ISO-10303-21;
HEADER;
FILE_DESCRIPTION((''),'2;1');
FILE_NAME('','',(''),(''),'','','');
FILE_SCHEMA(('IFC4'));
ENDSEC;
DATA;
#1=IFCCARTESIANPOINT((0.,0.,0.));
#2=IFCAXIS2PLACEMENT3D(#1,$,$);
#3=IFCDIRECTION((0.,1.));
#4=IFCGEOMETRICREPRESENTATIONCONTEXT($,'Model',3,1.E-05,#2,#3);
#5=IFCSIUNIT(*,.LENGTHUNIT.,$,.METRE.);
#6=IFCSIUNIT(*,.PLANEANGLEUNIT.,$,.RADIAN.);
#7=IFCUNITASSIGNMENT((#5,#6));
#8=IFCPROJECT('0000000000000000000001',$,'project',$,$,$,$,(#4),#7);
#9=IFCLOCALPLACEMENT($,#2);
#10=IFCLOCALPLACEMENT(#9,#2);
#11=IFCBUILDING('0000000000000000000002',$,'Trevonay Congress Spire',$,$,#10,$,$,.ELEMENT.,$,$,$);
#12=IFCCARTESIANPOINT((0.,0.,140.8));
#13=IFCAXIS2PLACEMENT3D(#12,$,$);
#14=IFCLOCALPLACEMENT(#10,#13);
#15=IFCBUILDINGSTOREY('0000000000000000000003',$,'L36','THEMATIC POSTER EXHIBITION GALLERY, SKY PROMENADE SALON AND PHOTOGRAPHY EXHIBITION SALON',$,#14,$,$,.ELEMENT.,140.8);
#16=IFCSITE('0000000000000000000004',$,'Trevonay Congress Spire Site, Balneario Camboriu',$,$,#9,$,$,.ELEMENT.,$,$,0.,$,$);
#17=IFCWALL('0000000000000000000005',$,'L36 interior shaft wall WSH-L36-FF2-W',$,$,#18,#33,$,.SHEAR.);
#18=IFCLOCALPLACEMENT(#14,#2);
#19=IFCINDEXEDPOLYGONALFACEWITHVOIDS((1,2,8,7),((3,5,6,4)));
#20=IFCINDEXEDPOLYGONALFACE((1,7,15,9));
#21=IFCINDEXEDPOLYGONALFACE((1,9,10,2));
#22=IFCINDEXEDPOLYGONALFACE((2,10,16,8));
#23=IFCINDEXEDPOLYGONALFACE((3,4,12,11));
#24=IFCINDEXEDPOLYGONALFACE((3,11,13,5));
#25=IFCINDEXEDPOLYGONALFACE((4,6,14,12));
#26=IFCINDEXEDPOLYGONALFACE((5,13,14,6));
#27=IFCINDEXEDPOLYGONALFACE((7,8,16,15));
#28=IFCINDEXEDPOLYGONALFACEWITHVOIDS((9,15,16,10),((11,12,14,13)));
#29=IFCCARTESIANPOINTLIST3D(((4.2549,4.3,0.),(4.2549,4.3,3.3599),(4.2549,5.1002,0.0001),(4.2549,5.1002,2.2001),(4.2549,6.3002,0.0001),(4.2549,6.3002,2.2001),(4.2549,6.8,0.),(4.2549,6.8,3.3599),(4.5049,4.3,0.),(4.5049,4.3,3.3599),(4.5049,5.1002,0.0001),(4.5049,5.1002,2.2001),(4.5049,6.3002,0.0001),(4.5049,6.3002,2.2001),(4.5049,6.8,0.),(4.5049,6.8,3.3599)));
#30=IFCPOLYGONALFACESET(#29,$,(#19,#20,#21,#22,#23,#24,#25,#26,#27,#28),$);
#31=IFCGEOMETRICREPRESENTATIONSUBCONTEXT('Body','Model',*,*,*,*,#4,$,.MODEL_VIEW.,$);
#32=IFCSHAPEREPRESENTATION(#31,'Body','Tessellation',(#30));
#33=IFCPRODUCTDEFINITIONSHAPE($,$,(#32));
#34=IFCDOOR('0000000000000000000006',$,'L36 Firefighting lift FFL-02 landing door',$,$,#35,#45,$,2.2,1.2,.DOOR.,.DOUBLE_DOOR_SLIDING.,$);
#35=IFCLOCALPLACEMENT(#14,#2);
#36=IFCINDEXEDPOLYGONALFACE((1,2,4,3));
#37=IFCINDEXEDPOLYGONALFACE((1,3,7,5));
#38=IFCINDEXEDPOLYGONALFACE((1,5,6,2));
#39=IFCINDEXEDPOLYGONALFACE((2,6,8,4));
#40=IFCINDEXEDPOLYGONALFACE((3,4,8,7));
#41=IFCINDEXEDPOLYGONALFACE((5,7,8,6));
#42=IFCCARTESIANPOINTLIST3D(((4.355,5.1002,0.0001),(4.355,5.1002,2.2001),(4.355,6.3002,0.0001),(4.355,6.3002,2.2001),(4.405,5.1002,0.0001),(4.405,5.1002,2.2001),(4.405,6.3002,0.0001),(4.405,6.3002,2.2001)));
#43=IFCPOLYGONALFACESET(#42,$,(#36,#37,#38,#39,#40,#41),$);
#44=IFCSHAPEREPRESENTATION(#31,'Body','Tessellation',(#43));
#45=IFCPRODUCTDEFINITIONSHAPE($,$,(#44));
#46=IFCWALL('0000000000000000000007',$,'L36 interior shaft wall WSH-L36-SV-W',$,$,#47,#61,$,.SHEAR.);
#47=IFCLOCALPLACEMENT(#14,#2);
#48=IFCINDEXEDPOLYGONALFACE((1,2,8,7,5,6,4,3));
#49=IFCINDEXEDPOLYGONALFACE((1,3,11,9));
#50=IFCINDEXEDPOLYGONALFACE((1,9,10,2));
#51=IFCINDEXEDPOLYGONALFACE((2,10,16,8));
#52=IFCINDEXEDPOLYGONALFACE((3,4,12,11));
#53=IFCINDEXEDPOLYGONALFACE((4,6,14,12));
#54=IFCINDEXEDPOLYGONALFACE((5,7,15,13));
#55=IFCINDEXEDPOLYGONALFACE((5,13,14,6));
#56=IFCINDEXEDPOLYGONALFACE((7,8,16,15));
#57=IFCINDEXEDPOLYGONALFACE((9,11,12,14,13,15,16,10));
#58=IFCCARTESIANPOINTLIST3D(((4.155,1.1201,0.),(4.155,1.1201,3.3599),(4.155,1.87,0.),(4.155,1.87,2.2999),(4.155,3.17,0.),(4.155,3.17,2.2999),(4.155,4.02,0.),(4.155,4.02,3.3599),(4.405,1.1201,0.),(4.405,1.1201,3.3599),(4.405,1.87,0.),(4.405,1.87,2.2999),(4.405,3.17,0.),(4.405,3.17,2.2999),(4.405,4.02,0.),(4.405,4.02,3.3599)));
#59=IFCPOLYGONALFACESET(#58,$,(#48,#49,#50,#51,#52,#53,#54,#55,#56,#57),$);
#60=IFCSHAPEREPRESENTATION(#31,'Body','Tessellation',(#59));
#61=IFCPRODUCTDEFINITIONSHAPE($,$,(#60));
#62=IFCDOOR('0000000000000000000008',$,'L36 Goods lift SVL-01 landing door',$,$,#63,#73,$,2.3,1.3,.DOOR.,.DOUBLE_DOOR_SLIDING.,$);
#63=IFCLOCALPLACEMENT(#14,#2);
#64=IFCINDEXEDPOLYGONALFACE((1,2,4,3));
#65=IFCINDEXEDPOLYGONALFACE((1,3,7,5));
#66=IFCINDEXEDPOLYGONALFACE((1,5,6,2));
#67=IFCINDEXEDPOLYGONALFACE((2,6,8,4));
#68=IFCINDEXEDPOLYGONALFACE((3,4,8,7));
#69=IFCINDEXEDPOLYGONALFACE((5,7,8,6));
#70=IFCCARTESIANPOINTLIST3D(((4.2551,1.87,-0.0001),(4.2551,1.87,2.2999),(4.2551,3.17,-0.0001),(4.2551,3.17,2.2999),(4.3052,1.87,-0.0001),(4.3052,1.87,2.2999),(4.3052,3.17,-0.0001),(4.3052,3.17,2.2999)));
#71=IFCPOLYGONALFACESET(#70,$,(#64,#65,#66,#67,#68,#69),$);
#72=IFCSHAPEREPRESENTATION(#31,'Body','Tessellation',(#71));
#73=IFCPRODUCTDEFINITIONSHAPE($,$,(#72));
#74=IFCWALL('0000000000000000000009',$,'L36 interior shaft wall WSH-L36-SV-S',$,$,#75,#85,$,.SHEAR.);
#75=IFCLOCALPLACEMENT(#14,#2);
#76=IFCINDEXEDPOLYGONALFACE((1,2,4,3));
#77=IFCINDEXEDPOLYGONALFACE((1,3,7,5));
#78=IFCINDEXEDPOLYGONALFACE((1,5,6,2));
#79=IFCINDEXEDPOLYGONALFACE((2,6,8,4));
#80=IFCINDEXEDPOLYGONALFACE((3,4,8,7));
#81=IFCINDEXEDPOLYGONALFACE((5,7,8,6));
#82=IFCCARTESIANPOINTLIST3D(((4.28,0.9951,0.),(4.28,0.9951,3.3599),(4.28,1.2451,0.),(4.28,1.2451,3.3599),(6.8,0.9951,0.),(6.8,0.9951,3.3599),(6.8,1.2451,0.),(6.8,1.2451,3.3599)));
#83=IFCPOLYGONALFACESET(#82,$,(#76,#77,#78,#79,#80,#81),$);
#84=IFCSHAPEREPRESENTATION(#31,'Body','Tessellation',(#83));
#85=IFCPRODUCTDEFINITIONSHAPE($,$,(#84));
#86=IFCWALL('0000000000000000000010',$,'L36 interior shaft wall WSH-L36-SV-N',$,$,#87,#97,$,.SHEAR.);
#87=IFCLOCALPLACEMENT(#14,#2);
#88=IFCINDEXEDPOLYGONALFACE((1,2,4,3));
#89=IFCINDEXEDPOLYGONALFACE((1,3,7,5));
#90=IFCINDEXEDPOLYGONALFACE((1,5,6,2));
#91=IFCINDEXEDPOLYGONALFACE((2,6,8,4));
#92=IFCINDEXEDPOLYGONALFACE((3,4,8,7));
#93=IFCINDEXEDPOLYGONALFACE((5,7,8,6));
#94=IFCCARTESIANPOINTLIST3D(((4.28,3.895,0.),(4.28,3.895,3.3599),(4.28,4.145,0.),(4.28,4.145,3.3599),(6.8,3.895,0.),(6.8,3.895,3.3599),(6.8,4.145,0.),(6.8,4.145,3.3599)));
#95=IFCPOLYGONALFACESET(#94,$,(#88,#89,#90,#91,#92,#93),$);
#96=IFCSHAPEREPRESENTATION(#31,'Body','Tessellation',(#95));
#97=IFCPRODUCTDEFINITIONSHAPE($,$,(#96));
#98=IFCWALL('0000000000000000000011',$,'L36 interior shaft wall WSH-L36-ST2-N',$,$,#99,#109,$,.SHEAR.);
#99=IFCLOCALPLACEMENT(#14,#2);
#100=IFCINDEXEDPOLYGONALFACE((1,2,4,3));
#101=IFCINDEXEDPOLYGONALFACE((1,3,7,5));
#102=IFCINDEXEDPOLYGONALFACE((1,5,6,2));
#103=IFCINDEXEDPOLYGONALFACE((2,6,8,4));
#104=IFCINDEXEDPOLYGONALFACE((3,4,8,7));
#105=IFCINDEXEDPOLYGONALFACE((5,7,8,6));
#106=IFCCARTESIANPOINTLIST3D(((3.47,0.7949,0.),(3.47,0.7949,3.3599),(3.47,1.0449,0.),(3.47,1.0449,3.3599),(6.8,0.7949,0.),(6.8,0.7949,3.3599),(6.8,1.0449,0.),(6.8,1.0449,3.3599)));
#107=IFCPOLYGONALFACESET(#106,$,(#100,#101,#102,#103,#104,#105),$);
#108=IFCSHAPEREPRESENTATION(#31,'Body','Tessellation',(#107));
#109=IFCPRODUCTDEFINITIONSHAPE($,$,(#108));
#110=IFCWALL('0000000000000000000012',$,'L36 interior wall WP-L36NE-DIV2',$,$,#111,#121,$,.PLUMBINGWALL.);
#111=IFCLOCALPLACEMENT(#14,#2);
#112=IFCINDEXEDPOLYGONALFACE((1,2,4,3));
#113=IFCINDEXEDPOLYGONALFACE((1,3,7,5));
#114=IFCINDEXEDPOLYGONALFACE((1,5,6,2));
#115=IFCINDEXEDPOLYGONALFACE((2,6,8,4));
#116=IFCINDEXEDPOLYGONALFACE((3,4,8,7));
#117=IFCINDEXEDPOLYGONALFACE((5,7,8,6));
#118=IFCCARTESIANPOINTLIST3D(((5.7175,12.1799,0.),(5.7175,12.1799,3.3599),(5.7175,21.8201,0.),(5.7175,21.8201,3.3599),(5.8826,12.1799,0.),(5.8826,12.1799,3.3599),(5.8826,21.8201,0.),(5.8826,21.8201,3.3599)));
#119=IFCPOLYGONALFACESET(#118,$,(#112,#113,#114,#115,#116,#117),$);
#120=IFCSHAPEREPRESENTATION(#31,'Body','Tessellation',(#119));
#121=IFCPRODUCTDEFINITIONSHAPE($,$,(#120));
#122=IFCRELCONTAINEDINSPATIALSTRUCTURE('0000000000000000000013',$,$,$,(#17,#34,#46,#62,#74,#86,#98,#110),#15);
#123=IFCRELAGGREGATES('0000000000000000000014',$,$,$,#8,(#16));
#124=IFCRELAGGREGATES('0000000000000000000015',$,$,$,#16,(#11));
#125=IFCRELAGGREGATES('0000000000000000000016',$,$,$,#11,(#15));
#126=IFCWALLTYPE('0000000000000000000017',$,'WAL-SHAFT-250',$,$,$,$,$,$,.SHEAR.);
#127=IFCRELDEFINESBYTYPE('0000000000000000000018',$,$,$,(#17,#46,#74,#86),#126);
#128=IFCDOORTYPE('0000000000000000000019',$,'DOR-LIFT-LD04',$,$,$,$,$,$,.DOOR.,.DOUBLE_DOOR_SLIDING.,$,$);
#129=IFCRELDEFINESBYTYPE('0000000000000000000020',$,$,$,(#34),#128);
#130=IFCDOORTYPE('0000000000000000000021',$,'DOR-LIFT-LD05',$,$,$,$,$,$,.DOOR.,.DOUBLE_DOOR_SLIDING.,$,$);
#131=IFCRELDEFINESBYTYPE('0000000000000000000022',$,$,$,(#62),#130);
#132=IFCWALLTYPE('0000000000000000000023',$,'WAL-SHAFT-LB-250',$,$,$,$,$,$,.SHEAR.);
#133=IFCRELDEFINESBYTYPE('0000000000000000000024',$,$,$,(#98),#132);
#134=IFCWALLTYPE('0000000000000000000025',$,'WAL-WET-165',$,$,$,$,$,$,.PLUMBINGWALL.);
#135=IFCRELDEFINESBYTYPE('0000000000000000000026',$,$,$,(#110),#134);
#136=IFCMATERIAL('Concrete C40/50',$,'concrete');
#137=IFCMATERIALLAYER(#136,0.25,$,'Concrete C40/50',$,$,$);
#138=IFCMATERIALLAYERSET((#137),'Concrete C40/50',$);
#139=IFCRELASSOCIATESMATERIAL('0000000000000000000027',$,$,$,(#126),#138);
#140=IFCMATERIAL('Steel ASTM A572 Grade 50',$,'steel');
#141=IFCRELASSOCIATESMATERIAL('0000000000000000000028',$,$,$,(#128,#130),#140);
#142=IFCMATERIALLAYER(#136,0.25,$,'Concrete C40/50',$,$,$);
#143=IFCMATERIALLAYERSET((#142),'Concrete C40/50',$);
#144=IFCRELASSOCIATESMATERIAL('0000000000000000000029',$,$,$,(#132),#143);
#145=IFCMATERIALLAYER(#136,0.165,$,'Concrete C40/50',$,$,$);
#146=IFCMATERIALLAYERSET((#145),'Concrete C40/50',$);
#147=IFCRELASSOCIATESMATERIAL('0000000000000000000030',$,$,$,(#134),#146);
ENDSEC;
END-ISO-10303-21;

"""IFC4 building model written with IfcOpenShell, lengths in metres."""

from ifc_helpers import new_model, si_unit, direction, frame, frame_2d, origin, place, context, subcontext, project, spatial, rectangle, extrude, material, layer, layer_set, type_object, element, fill, save


model = new_model("IFC4")

# Units and contexts
model_context = context("Model", 3, precision=1e-05, world=origin(), true_north=direction((0.0, 1.0)))
body_context = subcontext(model_context, "Body", "Model", "MODEL_VIEW")
ifc_project = project(units=[si_unit("LENGTHUNIT", "METRE"), si_unit("PLANEANGLEUNIT", "RADIAN")], contexts=[model_context])

# Site, building, storey
site_placement = place(None, origin())
site = spatial("IfcSite", under=ifc_project, at=site_placement, Name="Trevonay Congress Spire Site, Balneario Camboriu", CompositionType="ELEMENT", RefElevation=0.0)
building_placement = place(site_placement, origin())
building = spatial("IfcBuilding", under=site, at=building_placement, Name="Trevonay Congress Spire", CompositionType="ELEMENT")
storey_placement = place(building_placement, frame((0.0, 0.0, 140.8)))
storey = spatial("IfcBuildingStorey", under=building, at=storey_placement, Name="L36", Description="THEMATIC POSTER EXHIBITION GALLERY, SKY PROMENADE SALON AND PHOTOGRAPHY EXHIBITION SALON", CompositionType="ELEMENT", Elevation=140.8)

# Shared definitions
ifc_material_1 = material(Name="Steel ASTM A572 Grade 50", Category="steel")

# Shared definitions
ifc_material_2 = material(Name="Concrete C40/50", Category="concrete")
ifc_layer_1 = layer(ifc_material_2, 0.25, Name="Concrete C40/50")
ifc_layer_set_1 = layer_set([ifc_layer_1], Name="Concrete C40/50")
wall_type_1 = type_object("IfcWallType", Name="WAL-SHAFT-250", PredefinedType="SHEAR", material=ifc_layer_set_1)

# Walls, openings, doors
wall_1_placement = place(storey_placement, frame((4.3799, 4.3, 0.0), z_axis=(0.0, 0.0, 1.0), x_axis=(0.0, 1.0, 0.0)))
wall_1 = element("IfcWall", 1, at=wall_1_placement, inside=storey, type_object=wall_type_1, Name="L36 interior shaft wall WSH-L36-FF2-W", PredefinedType="SHEAR", context=body_context, shape_type="SweptSolid", body=[
    extrude(rectangle(XDim=2.5, YDim=0.25, at=frame_2d((1.25, 0.0))), origin(), (0.0, 0.0, 1.0), 3.3599),
])
opening_1_placement = place(wall_1_placement, frame((0.8, 0.0, 0.0)))
opening_1 = element("IfcOpeningElement", 2, at=opening_1_placement, cuts=wall_1, PredefinedType="OPENING", context=body_context, shape_type="SweptSolid", body=[
    extrude(rectangle(XDim=1.2, YDim=2.2, at=frame_2d((0.6001, 1.1001))), frame((0.0, 0.135, 0.0), z_axis=(0.0, -1.0, 0.0), x_axis=(1.0, 0.0, 0.0)), (0.0, 0.0, 1.0), 0.27),
])
door_type_1 = type_object("IfcDoorType", Name="DOR-LIFT-LD04", OperationType="DOUBLE_DOOR_SLIDING", PredefinedType="DOOR", material=ifc_material_1)
door_1_placement = place(opening_1_placement, origin())
door_1 = element("IfcDoor", 3, at=door_1_placement, inside=storey, type_object=door_type_1, Name="L36 Firefighting lift FFL-02 landing door", OperationType="DOUBLE_DOOR_SLIDING", OverallHeight=2.2, OverallWidth=1.2, PredefinedType="DOOR", context=body_context, shape_type="SweptSolid", body=[
    extrude(rectangle(XDim=1.2, YDim=2.2, at=frame_2d((0.6001, 1.1001))), frame((0.0, 0.0249, 0.0), z_axis=(0.0, -1.0, 0.0), x_axis=(1.0, 0.0, 0.0)), (0.0, 0.0, 1.0), 0.05),
])
fill(opening_1, door_1)
wall_2_placement = place(storey_placement, frame((4.28, 1.1201, 0.0), z_axis=(0.0, 0.0, 1.0), x_axis=(0.0, 1.0, 0.0)))
wall_2 = element("IfcWall", 4, at=wall_2_placement, inside=storey, type_object=wall_type_1, Name="L36 interior shaft wall WSH-L36-SV-W", PredefinedType="SHEAR", context=body_context, shape_type="SweptSolid", body=[
    extrude(rectangle(XDim=2.8999, YDim=0.25, at=frame_2d((1.45, 0.0))), origin(), (0.0, 0.0, 1.0), 3.3599),
])
opening_2_placement = place(wall_2_placement, frame((0.75, 0.0, 0.0)))
opening_2 = element("IfcOpeningElement", 5, at=opening_2_placement, cuts=wall_2, PredefinedType="OPENING", context=body_context, shape_type="SweptSolid", body=[
    extrude(rectangle(XDim=1.3, YDim=2.3, at=frame_2d((0.6499, 1.1499))), frame((0.0, 0.135, 0.0), z_axis=(0.0, -1.0, 0.0), x_axis=(1.0, 0.0, 0.0)), (0.0, 0.0, 1.0), 0.27),
])
door_type_2 = type_object("IfcDoorType", Name="DOR-LIFT-LD05", OperationType="DOUBLE_DOOR_SLIDING", PredefinedType="DOOR", material=ifc_material_1)
door_2_placement = place(opening_2_placement, origin())
door_2 = element("IfcDoor", 6, at=door_2_placement, inside=storey, type_object=door_type_2, Name="L36 Goods lift SVL-01 landing door", OperationType="DOUBLE_DOOR_SLIDING", OverallHeight=2.3, OverallWidth=1.3, PredefinedType="DOOR", context=body_context, shape_type="SweptSolid", body=[
    extrude(rectangle(XDim=1.3, YDim=2.3, at=frame_2d((0.6499, 1.1499))), frame((0.0, 0.0249, 0.0), z_axis=(0.0, -1.0, 0.0), x_axis=(1.0, 0.0, 0.0)), (0.0, 0.0, 1.0), 0.05),
])
fill(opening_2, door_2)

# Walls
for number, where, z_axis, x_axis, name in (
    (7, (4.28, 1.1201, 0.0), (0.0, 0.0, 1.0), (1.0, 0.0, 0.0), "L36 interior shaft wall WSH-L36-SV-S"),
    (8, (4.28, 4.02, 0.0), (0.0, 0.0, 1.0), (1.0, 0.0, 0.0), "L36 interior shaft wall WSH-L36-SV-N"),
):
    element("IfcWall", number, at=place(storey_placement, frame(where, z_axis=z_axis, x_axis=x_axis)), inside=storey, type_object=wall_type_1, Name=name, PredefinedType="SHEAR", context=body_context, shape_type="SweptSolid", body=[
        extrude(rectangle(XDim=2.52, YDim=0.25, at=frame_2d((1.26, 0.0))), origin(), (0.0, 0.0, 1.0), 3.3599),
    ])
ifc_layer_2 = layer(ifc_material_2, 0.25, Name="Concrete C40/50")
ifc_layer_set_2 = layer_set([ifc_layer_2], Name="Concrete C40/50")
wall_type_2 = type_object("IfcWallType", Name="WAL-SHAFT-LB-250", PredefinedType="SHEAR", material=ifc_layer_set_2)
wall_3_placement = place(storey_placement, frame((3.47, 0.9199, 0.0), z_axis=(0.0, 0.0, 1.0), x_axis=(1.0, 0.0, 0.0)))
element("IfcWall", 9, at=wall_3_placement, inside=storey, type_object=wall_type_2, Name="L36 interior shaft wall WSH-L36-ST2-N", PredefinedType="SHEAR", context=body_context, shape_type="SweptSolid", body=[
    extrude(rectangle(XDim=3.3301, YDim=0.25, at=frame_2d((1.665, 0.0))), origin(), (0.0, 0.0, 1.0), 3.3599),
])
ifc_layer_3 = layer(ifc_material_2, 0.165, Name="Concrete C40/50")
ifc_layer_set_3 = layer_set([ifc_layer_3], Name="Concrete C40/50")
wall_type_3 = type_object("IfcWallType", Name="WAL-WET-165", PredefinedType="PLUMBINGWALL", material=ifc_layer_set_3)
wall_4_placement = place(storey_placement, frame((5.8, 12.1799, 0.0), z_axis=(0.0, 0.0, 1.0), x_axis=(0.0, 1.0, 0.0)))
element("IfcWall", 10, at=wall_4_placement, inside=storey, type_object=wall_type_3, Name="L36 interior wall WP-L36NE-DIV2", PredefinedType="PLUMBINGWALL", context=body_context, shape_type="SweptSolid", body=[
    extrude(rectangle(XDim=9.6401, YDim=0.165, at=frame_2d((4.8201, 0.0))), origin(), (0.0, 0.0, 1.0), 3.3599),
])

save(model, "model.ifc")
